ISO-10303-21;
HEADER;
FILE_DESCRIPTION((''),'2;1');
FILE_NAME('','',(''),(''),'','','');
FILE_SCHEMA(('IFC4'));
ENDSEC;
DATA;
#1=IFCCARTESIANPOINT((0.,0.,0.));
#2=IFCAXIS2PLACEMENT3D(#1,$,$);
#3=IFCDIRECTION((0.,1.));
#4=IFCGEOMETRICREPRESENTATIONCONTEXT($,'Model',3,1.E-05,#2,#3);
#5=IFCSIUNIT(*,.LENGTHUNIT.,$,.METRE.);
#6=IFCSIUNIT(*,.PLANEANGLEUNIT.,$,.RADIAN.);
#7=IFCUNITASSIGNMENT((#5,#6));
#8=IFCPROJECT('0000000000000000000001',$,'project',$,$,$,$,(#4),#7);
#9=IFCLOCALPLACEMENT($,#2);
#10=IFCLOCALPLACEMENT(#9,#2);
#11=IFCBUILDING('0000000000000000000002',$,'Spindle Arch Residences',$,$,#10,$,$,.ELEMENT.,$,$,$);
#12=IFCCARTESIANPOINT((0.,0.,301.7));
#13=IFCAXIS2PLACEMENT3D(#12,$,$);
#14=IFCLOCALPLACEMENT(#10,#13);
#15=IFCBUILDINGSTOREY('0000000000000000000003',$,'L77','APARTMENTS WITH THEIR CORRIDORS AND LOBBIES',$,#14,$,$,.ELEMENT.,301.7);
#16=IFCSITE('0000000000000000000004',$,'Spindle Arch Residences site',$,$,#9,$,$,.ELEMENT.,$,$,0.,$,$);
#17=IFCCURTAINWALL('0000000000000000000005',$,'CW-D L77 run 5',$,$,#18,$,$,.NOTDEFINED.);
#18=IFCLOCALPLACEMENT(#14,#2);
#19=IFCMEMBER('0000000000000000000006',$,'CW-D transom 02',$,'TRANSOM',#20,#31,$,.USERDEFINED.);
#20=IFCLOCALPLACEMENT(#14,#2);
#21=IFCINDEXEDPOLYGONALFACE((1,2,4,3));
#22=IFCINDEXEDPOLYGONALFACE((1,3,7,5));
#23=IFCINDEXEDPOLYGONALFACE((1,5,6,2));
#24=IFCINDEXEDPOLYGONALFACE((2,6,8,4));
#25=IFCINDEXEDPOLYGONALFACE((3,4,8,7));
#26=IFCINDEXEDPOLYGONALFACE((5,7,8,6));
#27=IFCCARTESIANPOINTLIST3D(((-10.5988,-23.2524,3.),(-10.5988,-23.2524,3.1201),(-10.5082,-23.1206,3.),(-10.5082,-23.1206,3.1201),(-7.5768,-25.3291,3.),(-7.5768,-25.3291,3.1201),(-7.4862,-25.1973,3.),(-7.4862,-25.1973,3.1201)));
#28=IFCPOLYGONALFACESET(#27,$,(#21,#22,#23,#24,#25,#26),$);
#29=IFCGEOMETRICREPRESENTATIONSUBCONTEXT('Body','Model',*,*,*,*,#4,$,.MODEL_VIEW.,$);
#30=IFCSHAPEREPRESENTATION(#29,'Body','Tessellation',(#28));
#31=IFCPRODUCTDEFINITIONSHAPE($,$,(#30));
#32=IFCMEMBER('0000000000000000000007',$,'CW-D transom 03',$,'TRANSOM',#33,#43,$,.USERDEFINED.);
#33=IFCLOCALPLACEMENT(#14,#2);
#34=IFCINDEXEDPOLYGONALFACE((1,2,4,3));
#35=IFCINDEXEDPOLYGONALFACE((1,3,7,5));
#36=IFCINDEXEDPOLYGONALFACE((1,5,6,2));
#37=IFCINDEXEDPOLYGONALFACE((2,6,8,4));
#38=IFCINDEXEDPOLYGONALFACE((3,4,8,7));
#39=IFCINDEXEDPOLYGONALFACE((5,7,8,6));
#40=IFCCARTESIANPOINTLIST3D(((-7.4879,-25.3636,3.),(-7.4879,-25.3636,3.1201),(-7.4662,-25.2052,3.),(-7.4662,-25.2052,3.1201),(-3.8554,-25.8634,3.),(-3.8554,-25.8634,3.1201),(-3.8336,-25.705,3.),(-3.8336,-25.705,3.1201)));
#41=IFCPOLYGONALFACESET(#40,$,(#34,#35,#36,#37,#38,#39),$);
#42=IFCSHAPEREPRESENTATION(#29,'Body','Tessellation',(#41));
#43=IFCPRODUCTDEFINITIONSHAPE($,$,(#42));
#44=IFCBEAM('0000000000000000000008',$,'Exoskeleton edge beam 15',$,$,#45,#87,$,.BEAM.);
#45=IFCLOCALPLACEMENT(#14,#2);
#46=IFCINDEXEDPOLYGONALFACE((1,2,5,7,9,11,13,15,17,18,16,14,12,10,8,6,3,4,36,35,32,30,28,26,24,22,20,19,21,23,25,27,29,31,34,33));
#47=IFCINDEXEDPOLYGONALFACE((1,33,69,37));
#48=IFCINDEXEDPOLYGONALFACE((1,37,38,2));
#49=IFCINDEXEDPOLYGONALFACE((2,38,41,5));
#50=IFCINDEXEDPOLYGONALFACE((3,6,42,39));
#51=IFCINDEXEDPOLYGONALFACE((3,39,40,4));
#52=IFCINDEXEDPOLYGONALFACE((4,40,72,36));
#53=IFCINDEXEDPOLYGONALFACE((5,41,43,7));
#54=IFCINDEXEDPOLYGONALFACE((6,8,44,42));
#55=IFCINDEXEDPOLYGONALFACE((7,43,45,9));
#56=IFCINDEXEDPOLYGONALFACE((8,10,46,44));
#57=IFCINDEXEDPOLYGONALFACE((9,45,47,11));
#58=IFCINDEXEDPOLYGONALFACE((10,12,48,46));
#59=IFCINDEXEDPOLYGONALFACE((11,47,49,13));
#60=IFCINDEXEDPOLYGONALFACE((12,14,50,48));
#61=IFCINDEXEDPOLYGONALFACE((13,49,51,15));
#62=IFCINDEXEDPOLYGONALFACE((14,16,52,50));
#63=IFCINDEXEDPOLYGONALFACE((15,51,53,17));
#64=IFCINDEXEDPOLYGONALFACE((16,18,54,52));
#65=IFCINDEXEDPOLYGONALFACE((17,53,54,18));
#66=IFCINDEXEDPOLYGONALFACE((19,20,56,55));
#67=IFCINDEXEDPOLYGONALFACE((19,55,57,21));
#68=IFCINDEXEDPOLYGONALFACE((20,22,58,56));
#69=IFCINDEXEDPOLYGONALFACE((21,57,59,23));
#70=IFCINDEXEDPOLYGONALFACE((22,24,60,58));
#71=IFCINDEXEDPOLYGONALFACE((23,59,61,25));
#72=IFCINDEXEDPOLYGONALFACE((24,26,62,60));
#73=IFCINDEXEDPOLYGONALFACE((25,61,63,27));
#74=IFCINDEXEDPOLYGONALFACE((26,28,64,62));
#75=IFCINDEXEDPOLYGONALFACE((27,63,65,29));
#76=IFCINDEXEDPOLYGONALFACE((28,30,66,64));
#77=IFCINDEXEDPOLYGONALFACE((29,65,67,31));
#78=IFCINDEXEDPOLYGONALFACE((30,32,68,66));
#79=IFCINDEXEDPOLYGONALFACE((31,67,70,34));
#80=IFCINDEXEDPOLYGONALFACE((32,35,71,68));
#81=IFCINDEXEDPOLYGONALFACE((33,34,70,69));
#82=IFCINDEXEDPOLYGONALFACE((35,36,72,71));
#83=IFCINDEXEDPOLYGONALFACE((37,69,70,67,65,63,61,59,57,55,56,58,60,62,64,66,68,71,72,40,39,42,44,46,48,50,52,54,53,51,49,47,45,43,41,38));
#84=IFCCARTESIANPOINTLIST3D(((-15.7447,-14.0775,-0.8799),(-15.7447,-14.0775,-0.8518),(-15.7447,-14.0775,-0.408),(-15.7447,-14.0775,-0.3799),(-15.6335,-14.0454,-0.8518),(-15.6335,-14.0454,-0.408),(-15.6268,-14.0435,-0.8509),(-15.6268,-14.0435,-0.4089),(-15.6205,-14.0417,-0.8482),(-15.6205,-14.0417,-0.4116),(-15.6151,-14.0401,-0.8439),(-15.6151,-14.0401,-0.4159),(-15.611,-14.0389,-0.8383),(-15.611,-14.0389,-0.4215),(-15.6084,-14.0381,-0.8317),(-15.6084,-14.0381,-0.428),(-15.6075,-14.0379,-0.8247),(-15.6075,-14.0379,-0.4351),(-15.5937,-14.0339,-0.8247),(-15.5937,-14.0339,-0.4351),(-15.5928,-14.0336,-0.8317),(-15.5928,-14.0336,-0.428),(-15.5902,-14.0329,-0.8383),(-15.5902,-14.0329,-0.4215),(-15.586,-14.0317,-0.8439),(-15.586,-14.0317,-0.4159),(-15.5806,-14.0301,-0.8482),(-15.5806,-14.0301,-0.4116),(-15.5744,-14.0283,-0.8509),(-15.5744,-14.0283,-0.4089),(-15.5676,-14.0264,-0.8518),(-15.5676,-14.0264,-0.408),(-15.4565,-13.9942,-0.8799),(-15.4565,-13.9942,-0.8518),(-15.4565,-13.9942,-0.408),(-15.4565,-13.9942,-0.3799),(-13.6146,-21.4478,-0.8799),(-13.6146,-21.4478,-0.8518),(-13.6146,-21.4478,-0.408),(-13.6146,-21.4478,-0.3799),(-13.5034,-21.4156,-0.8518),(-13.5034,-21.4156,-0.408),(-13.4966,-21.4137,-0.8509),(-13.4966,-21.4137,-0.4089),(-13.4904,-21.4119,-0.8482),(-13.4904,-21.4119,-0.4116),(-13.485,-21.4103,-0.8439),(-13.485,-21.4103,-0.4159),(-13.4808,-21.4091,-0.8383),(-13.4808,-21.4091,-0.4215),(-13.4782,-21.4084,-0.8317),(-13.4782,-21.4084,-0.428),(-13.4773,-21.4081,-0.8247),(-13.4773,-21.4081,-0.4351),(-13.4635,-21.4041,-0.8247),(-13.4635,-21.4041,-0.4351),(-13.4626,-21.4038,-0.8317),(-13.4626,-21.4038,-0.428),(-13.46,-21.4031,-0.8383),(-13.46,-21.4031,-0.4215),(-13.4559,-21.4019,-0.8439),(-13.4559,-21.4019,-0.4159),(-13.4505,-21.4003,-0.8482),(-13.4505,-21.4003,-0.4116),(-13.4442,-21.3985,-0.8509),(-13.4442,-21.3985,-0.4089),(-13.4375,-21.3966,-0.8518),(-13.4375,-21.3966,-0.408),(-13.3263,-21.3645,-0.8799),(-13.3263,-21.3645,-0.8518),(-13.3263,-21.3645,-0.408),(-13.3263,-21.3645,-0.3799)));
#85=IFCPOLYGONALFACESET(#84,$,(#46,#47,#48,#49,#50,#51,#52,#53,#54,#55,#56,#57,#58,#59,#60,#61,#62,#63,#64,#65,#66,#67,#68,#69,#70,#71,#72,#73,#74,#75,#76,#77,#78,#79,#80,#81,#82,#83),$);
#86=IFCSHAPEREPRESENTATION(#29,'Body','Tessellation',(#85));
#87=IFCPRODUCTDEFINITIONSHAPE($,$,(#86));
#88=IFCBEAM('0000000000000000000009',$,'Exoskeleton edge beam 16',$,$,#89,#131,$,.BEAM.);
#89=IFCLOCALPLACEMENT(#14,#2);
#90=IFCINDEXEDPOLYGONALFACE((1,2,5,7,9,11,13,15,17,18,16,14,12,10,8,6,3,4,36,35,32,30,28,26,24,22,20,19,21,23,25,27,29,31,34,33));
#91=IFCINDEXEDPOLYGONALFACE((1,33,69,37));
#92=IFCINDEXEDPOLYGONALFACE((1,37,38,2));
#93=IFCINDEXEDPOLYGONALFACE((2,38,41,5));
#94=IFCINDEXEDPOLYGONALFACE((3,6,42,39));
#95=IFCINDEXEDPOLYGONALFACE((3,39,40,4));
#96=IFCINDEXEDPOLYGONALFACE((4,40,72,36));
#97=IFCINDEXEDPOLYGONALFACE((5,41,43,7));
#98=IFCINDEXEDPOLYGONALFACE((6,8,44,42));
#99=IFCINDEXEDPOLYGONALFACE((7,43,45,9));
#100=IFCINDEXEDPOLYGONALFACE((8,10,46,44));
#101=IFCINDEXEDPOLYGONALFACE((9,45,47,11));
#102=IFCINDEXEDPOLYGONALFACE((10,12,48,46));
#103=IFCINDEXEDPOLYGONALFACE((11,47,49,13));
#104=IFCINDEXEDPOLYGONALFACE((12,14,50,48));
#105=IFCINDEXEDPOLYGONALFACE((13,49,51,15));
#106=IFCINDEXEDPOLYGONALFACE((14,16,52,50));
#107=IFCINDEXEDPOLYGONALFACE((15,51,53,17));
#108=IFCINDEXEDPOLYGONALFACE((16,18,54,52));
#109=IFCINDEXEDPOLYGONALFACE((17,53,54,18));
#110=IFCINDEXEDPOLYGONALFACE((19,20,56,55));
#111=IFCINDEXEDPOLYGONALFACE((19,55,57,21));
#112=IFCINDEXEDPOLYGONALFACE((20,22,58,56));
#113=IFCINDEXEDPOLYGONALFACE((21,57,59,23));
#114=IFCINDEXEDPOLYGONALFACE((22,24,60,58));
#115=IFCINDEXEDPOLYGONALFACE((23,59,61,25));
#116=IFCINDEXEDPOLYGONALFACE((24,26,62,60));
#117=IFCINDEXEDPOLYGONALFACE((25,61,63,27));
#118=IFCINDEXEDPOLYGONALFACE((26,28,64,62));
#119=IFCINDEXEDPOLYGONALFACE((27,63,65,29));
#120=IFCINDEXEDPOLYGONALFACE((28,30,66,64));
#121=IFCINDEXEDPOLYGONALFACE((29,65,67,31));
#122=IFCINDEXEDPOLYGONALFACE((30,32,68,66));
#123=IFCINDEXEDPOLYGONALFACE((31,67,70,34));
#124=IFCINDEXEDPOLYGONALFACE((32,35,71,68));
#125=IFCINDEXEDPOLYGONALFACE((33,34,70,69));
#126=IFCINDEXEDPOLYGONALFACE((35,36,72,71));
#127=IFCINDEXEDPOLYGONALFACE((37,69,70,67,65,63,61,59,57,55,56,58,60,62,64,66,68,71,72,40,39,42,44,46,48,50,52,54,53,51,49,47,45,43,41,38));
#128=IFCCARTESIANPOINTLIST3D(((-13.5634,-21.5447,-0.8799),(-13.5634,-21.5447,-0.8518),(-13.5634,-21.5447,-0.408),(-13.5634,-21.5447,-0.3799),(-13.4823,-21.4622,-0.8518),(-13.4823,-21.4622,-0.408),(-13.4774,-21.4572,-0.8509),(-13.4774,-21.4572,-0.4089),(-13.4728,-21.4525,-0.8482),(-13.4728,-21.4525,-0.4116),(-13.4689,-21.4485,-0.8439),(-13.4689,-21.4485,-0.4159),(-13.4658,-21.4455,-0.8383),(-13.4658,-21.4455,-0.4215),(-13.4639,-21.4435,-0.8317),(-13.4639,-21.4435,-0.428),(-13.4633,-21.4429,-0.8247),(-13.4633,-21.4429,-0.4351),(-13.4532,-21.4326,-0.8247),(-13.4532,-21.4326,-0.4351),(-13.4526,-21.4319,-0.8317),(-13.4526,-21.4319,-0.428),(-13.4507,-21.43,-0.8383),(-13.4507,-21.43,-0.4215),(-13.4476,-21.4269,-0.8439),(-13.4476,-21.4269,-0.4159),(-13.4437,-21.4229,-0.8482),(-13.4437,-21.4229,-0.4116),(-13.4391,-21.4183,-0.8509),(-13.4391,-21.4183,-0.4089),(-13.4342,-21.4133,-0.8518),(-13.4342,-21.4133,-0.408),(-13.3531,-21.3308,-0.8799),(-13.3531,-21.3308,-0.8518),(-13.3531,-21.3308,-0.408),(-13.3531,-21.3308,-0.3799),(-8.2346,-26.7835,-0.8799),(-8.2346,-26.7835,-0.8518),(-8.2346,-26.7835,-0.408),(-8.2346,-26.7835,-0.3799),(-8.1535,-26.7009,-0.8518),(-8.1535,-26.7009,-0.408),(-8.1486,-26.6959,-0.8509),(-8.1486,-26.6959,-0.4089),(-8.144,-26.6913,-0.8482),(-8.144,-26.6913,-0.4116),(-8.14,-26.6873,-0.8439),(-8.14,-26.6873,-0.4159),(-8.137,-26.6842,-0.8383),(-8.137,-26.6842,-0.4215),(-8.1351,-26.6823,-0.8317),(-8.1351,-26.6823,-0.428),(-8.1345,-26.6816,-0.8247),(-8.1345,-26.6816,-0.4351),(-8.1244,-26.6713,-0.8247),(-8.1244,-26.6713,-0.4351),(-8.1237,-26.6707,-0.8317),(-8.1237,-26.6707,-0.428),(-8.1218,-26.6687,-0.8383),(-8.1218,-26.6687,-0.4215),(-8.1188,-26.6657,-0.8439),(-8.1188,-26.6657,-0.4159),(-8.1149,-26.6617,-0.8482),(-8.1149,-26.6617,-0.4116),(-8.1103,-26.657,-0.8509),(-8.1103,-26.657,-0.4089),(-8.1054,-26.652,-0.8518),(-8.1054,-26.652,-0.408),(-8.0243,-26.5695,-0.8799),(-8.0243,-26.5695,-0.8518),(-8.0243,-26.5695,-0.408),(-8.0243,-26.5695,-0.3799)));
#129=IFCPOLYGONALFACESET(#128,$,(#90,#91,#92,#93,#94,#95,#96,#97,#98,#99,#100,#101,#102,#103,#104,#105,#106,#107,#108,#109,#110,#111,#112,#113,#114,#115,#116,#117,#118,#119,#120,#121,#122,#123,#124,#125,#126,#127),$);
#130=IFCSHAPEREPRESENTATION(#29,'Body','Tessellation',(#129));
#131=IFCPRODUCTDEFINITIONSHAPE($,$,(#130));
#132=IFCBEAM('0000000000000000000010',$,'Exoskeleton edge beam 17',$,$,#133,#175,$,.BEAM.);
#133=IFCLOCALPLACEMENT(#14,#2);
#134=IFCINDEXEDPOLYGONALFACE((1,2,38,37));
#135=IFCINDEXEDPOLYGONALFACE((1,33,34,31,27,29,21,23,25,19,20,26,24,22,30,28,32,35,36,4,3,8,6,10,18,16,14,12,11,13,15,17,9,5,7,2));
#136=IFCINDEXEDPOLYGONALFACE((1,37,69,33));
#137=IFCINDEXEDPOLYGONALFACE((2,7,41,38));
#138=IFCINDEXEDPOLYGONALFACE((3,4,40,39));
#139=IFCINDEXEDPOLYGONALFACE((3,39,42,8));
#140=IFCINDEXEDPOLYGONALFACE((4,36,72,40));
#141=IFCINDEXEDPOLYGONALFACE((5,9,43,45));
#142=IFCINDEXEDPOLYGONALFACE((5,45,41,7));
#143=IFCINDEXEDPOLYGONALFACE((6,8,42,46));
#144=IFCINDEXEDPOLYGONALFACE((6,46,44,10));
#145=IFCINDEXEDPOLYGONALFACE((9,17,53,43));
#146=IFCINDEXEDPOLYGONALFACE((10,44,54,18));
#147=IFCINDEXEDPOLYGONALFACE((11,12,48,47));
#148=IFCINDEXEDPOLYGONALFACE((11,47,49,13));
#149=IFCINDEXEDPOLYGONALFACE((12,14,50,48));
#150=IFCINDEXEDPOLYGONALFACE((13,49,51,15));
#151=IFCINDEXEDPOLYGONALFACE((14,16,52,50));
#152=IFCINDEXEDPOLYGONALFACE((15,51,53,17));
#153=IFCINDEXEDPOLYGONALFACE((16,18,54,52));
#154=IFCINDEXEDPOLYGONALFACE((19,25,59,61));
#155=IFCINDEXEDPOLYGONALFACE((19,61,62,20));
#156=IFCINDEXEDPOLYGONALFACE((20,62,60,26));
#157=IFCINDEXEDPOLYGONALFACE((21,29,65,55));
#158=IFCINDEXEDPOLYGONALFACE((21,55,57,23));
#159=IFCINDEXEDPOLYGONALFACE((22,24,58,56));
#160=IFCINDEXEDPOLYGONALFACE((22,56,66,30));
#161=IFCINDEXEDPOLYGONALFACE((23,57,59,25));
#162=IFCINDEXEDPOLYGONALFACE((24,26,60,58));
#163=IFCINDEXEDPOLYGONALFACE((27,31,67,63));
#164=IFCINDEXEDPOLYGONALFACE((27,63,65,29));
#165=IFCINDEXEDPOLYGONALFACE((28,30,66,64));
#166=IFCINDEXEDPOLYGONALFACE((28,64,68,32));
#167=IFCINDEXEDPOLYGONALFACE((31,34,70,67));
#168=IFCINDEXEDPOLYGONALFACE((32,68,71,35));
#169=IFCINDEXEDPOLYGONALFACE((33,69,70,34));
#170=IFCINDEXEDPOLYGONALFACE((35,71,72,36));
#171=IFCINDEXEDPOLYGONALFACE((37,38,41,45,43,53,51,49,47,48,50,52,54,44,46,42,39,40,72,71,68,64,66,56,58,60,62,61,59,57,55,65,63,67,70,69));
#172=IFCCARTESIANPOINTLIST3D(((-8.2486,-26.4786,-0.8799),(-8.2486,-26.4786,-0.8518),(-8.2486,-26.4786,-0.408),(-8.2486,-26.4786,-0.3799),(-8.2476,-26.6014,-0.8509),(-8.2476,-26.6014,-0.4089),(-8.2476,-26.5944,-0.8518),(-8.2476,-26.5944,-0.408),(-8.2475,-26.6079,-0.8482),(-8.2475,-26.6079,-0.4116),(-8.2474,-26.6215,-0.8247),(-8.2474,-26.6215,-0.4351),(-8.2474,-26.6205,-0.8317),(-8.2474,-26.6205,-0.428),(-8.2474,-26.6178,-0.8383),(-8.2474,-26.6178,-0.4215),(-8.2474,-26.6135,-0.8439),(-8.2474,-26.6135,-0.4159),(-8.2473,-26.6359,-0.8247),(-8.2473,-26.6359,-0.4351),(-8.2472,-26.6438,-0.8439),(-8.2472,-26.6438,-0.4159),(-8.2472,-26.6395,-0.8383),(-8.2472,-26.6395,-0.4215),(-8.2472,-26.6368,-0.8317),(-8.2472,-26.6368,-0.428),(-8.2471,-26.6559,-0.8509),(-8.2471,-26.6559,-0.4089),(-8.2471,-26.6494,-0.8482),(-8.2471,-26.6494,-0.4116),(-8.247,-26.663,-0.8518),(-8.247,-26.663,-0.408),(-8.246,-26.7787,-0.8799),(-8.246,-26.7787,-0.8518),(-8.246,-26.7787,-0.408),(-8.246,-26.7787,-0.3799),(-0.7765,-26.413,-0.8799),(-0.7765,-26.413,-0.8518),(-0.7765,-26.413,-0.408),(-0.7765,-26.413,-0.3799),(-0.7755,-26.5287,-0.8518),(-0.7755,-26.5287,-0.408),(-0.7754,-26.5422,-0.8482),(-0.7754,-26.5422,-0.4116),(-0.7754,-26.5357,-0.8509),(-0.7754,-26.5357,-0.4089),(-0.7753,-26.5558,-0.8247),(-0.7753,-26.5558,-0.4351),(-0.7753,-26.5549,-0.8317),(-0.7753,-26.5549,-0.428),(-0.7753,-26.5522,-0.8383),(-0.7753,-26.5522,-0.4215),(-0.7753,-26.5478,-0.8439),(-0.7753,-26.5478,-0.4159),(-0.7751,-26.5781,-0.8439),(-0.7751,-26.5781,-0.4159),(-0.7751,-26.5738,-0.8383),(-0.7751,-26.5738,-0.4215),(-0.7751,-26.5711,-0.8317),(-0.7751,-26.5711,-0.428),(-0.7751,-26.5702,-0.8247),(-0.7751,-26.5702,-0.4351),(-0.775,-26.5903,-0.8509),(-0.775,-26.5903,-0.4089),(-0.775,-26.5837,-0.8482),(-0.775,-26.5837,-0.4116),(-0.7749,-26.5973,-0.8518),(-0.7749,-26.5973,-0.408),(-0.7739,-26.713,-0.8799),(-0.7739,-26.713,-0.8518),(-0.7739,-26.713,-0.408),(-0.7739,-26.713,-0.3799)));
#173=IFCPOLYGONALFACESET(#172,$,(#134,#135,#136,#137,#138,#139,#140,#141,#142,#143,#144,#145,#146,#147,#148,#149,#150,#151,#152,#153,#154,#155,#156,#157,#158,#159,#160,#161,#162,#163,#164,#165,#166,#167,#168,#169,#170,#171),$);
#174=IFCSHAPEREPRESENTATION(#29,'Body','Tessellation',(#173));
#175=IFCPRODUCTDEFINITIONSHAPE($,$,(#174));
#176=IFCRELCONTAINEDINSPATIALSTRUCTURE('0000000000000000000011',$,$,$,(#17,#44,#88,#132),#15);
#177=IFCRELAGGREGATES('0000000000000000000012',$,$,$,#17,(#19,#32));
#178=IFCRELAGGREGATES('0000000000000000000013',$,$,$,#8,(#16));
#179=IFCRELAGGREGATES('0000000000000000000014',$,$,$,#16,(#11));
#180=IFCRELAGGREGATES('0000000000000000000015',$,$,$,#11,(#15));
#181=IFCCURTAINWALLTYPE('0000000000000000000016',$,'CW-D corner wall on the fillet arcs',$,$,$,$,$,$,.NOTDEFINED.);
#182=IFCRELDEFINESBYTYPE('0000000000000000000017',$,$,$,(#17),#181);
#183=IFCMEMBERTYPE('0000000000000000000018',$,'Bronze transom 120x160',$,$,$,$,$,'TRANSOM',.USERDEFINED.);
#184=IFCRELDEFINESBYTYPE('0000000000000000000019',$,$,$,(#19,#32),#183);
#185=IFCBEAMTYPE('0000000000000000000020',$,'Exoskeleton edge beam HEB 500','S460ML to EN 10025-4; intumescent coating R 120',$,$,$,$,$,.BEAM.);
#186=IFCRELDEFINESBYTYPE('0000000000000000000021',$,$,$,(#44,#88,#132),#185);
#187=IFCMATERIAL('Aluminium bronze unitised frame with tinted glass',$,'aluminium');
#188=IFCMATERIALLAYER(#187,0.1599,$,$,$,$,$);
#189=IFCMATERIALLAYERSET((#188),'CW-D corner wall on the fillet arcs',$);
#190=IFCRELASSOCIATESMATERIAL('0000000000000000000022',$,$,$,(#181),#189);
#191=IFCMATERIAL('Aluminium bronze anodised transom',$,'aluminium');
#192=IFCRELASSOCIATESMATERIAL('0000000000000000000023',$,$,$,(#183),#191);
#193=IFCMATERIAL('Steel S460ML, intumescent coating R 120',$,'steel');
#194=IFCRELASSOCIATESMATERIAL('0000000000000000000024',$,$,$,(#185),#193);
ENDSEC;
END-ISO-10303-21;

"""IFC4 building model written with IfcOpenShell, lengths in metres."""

from ifc_helpers import new_model, si_unit, direction, frame, origin, origin_2d, place, context, subcontext, project, spatial, rectangle, i_section, extrude, material, layer, layer_set, material_profile, profile_set, type_object, element, aggregate, save


model = new_model("IFC4")

# Units and contexts
model_context = context("Model", 3, precision=1e-05, world=origin(), true_north=direction((0.0, 1.0)))
body_context = subcontext(model_context, "Body", "Model", "MODEL_VIEW")
ifc_project = project(units=[si_unit("LENGTHUNIT", "METRE"), si_unit("PLANEANGLEUNIT", "RADIAN")], contexts=[model_context])

# Site, building, storey
site_placement = place(None, origin())
site = spatial("IfcSite", under=ifc_project, at=site_placement, Name="Spindle Arch Residences site", CompositionType="ELEMENT", RefElevation=0.0)
building_placement = place(site_placement, origin())
building = spatial("IfcBuilding", under=site, at=building_placement, Name="Spindle Arch Residences", CompositionType="ELEMENT")
storey_placement = place(building_placement, frame((0.0, 0.0, 301.7)))
storey = spatial("IfcBuildingStorey", under=building, at=storey_placement, Name="L77", Description="APARTMENTS WITH THEIR CORRIDORS AND LOBBIES", CompositionType="ELEMENT", Elevation=301.7)

# Curtain wall, members
ifc_material_1 = material(Name="Aluminium bronze unitised frame with tinted glass", Category="aluminium")
ifc_layer_1 = layer(ifc_material_1, 0.1599)
ifc_layer_set_1 = layer_set([ifc_layer_1], Name="CW-D corner wall on the fillet arcs")
curtain_wall_type = type_object("IfcCurtainWallType", Name="CW-D corner wall on the fillet arcs", PredefinedType="NOTDEFINED", material=ifc_layer_set_1)
curtain_wall_placement = place(storey_placement, origin())
curtain_wall = element("IfcCurtainWall", 1, at=curtain_wall_placement, inside=storey, type_object=curtain_wall_type, Name="CW-D L77 run 5", PredefinedType="NOTDEFINED")
ifc_material_2 = material(Name="Aluminium bronze anodised transom", Category="aluminium")
ifc_material_profile_1 = material_profile(ifc_material_2, rectangle(XDim=0.1599, YDim=0.1201, at=origin_2d()), Name="TR 120x160")
ifc_profile_set_1 = profile_set([ifc_material_profile_1], Name="Aluminium bronze anodised transom")
member_type_1 = type_object("IfcMemberType", Name="Bronze transom 120x160", ElementType="TRANSOM", PredefinedType="USERDEFINED", material=ifc_profile_set_1)
member_1_placement = place(storey_placement, frame((-10.5535, -23.1865, 3.0601), z_axis=(0.824162, -0.566354, 0.0), x_axis=(0.566354, 0.824162, 0.0)))
member_1 = element("IfcMember", 2, at=member_1_placement, type_object=member_type_1, Name="CW-D transom 02", ObjectType="TRANSOM", PredefinedType="USERDEFINED", context=body_context, shape_type="SweptSolid", body=[
    extrude(rectangle(XDim=0.1599, YDim=0.1201, at=origin_2d()), origin(), (0.0, 0.0, 1.0), 3.6667),
])
member_2_placement = place(storey_placement, frame((-7.4771, -25.2844, 3.0601), z_axis=(0.990669, -0.136293, 0.0), x_axis=(0.136293, 0.990669, 0.0)))
member_2 = element("IfcMember", 3, at=member_2_placement, type_object=member_type_1, Name="CW-D transom 03", ObjectType="TRANSOM", PredefinedType="USERDEFINED", context=body_context, shape_type="SweptSolid", body=[
    extrude(rectangle(XDim=0.1599, YDim=0.1201, at=origin_2d()), origin(), (0.0, 0.0, 1.0), 3.6667),
])

# Beams
ifc_material_3 = material(Name="Steel S460ML, intumescent coating R 120", Category="steel")
ifc_material_profile_2 = material_profile(ifc_material_3, i_section(OverallWidth=0.3, OverallDepth=0.5, WebThickness=0.0144, FlangeThickness=0.0281, FilletRadius=0.0271, at=origin_2d()), Name="HEB 500")
ifc_profile_set_2 = profile_set([ifc_material_profile_2], Name="Steel S460ML, intumescent coating R 120")
beam_type_1 = type_object("IfcBeamType", Name="Exoskeleton edge beam HEB 500", Description="S460ML to EN 10025-4; intumescent coating R 120", PredefinedType="BEAM", material=ifc_profile_set_2)
beam_1_placement = place(storey_placement, frame((-15.6006, -14.0359, -0.6299), z_axis=(0.277658, -0.96068, 0.0), x_axis=(0.96068, 0.277658, 0.0)))
element("IfcBeam", 4, at=beam_1_placement, inside=storey, type_object=beam_type_1, Name="Exoskeleton edge beam 15", PredefinedType="BEAM", context=body_context, shape_type="SweptSolid", body=[
    extrude(i_section(OverallWidth=0.3, OverallDepth=0.5, WebThickness=0.0144, FlangeThickness=0.0281, FilletRadius=0.0271, at=origin_2d()), origin(), (0.0, 0.0, 1.0), 7.6719),
])
beam_2_placement = place(storey_placement, frame((-13.4583, -21.4377, -0.6299), z_axis=(0.713109, -0.701053, 0.0), x_axis=(0.701053, 0.713109, 0.0)))
element("IfcBeam", 5, at=beam_2_placement, inside=storey, type_object=beam_type_1, Name="Exoskeleton edge beam 16", PredefinedType="BEAM", context=body_context, shape_type="SweptSolid", body=[
    extrude(i_section(OverallWidth=0.3, OverallDepth=0.5, WebThickness=0.0144, FlangeThickness=0.0281, FilletRadius=0.0271, at=origin_2d()), origin(), (0.0, 0.0, 1.0), 7.4727),
])
beam_3_placement = place(storey_placement, frame((-8.2473, -26.6287, -0.6299), z_axis=(0.999961, 0.008789, 0.0), x_axis=(-0.008789, 0.999961, 0.0)))
element("IfcBeam", 6, at=beam_3_placement, inside=storey, type_object=beam_type_1, Name="Exoskeleton edge beam 17", PredefinedType="BEAM", context=body_context, shape_type="SweptSolid", body=[
    extrude(i_section(OverallWidth=0.3, OverallDepth=0.5, WebThickness=0.0144, FlangeThickness=0.0281, FilletRadius=0.0271, at=origin_2d()), origin(), (0.0, 0.0, 1.0), 7.4724),
])

aggregate(curtain_wall, [member_1, member_2])

save(model, "model.ifc")
